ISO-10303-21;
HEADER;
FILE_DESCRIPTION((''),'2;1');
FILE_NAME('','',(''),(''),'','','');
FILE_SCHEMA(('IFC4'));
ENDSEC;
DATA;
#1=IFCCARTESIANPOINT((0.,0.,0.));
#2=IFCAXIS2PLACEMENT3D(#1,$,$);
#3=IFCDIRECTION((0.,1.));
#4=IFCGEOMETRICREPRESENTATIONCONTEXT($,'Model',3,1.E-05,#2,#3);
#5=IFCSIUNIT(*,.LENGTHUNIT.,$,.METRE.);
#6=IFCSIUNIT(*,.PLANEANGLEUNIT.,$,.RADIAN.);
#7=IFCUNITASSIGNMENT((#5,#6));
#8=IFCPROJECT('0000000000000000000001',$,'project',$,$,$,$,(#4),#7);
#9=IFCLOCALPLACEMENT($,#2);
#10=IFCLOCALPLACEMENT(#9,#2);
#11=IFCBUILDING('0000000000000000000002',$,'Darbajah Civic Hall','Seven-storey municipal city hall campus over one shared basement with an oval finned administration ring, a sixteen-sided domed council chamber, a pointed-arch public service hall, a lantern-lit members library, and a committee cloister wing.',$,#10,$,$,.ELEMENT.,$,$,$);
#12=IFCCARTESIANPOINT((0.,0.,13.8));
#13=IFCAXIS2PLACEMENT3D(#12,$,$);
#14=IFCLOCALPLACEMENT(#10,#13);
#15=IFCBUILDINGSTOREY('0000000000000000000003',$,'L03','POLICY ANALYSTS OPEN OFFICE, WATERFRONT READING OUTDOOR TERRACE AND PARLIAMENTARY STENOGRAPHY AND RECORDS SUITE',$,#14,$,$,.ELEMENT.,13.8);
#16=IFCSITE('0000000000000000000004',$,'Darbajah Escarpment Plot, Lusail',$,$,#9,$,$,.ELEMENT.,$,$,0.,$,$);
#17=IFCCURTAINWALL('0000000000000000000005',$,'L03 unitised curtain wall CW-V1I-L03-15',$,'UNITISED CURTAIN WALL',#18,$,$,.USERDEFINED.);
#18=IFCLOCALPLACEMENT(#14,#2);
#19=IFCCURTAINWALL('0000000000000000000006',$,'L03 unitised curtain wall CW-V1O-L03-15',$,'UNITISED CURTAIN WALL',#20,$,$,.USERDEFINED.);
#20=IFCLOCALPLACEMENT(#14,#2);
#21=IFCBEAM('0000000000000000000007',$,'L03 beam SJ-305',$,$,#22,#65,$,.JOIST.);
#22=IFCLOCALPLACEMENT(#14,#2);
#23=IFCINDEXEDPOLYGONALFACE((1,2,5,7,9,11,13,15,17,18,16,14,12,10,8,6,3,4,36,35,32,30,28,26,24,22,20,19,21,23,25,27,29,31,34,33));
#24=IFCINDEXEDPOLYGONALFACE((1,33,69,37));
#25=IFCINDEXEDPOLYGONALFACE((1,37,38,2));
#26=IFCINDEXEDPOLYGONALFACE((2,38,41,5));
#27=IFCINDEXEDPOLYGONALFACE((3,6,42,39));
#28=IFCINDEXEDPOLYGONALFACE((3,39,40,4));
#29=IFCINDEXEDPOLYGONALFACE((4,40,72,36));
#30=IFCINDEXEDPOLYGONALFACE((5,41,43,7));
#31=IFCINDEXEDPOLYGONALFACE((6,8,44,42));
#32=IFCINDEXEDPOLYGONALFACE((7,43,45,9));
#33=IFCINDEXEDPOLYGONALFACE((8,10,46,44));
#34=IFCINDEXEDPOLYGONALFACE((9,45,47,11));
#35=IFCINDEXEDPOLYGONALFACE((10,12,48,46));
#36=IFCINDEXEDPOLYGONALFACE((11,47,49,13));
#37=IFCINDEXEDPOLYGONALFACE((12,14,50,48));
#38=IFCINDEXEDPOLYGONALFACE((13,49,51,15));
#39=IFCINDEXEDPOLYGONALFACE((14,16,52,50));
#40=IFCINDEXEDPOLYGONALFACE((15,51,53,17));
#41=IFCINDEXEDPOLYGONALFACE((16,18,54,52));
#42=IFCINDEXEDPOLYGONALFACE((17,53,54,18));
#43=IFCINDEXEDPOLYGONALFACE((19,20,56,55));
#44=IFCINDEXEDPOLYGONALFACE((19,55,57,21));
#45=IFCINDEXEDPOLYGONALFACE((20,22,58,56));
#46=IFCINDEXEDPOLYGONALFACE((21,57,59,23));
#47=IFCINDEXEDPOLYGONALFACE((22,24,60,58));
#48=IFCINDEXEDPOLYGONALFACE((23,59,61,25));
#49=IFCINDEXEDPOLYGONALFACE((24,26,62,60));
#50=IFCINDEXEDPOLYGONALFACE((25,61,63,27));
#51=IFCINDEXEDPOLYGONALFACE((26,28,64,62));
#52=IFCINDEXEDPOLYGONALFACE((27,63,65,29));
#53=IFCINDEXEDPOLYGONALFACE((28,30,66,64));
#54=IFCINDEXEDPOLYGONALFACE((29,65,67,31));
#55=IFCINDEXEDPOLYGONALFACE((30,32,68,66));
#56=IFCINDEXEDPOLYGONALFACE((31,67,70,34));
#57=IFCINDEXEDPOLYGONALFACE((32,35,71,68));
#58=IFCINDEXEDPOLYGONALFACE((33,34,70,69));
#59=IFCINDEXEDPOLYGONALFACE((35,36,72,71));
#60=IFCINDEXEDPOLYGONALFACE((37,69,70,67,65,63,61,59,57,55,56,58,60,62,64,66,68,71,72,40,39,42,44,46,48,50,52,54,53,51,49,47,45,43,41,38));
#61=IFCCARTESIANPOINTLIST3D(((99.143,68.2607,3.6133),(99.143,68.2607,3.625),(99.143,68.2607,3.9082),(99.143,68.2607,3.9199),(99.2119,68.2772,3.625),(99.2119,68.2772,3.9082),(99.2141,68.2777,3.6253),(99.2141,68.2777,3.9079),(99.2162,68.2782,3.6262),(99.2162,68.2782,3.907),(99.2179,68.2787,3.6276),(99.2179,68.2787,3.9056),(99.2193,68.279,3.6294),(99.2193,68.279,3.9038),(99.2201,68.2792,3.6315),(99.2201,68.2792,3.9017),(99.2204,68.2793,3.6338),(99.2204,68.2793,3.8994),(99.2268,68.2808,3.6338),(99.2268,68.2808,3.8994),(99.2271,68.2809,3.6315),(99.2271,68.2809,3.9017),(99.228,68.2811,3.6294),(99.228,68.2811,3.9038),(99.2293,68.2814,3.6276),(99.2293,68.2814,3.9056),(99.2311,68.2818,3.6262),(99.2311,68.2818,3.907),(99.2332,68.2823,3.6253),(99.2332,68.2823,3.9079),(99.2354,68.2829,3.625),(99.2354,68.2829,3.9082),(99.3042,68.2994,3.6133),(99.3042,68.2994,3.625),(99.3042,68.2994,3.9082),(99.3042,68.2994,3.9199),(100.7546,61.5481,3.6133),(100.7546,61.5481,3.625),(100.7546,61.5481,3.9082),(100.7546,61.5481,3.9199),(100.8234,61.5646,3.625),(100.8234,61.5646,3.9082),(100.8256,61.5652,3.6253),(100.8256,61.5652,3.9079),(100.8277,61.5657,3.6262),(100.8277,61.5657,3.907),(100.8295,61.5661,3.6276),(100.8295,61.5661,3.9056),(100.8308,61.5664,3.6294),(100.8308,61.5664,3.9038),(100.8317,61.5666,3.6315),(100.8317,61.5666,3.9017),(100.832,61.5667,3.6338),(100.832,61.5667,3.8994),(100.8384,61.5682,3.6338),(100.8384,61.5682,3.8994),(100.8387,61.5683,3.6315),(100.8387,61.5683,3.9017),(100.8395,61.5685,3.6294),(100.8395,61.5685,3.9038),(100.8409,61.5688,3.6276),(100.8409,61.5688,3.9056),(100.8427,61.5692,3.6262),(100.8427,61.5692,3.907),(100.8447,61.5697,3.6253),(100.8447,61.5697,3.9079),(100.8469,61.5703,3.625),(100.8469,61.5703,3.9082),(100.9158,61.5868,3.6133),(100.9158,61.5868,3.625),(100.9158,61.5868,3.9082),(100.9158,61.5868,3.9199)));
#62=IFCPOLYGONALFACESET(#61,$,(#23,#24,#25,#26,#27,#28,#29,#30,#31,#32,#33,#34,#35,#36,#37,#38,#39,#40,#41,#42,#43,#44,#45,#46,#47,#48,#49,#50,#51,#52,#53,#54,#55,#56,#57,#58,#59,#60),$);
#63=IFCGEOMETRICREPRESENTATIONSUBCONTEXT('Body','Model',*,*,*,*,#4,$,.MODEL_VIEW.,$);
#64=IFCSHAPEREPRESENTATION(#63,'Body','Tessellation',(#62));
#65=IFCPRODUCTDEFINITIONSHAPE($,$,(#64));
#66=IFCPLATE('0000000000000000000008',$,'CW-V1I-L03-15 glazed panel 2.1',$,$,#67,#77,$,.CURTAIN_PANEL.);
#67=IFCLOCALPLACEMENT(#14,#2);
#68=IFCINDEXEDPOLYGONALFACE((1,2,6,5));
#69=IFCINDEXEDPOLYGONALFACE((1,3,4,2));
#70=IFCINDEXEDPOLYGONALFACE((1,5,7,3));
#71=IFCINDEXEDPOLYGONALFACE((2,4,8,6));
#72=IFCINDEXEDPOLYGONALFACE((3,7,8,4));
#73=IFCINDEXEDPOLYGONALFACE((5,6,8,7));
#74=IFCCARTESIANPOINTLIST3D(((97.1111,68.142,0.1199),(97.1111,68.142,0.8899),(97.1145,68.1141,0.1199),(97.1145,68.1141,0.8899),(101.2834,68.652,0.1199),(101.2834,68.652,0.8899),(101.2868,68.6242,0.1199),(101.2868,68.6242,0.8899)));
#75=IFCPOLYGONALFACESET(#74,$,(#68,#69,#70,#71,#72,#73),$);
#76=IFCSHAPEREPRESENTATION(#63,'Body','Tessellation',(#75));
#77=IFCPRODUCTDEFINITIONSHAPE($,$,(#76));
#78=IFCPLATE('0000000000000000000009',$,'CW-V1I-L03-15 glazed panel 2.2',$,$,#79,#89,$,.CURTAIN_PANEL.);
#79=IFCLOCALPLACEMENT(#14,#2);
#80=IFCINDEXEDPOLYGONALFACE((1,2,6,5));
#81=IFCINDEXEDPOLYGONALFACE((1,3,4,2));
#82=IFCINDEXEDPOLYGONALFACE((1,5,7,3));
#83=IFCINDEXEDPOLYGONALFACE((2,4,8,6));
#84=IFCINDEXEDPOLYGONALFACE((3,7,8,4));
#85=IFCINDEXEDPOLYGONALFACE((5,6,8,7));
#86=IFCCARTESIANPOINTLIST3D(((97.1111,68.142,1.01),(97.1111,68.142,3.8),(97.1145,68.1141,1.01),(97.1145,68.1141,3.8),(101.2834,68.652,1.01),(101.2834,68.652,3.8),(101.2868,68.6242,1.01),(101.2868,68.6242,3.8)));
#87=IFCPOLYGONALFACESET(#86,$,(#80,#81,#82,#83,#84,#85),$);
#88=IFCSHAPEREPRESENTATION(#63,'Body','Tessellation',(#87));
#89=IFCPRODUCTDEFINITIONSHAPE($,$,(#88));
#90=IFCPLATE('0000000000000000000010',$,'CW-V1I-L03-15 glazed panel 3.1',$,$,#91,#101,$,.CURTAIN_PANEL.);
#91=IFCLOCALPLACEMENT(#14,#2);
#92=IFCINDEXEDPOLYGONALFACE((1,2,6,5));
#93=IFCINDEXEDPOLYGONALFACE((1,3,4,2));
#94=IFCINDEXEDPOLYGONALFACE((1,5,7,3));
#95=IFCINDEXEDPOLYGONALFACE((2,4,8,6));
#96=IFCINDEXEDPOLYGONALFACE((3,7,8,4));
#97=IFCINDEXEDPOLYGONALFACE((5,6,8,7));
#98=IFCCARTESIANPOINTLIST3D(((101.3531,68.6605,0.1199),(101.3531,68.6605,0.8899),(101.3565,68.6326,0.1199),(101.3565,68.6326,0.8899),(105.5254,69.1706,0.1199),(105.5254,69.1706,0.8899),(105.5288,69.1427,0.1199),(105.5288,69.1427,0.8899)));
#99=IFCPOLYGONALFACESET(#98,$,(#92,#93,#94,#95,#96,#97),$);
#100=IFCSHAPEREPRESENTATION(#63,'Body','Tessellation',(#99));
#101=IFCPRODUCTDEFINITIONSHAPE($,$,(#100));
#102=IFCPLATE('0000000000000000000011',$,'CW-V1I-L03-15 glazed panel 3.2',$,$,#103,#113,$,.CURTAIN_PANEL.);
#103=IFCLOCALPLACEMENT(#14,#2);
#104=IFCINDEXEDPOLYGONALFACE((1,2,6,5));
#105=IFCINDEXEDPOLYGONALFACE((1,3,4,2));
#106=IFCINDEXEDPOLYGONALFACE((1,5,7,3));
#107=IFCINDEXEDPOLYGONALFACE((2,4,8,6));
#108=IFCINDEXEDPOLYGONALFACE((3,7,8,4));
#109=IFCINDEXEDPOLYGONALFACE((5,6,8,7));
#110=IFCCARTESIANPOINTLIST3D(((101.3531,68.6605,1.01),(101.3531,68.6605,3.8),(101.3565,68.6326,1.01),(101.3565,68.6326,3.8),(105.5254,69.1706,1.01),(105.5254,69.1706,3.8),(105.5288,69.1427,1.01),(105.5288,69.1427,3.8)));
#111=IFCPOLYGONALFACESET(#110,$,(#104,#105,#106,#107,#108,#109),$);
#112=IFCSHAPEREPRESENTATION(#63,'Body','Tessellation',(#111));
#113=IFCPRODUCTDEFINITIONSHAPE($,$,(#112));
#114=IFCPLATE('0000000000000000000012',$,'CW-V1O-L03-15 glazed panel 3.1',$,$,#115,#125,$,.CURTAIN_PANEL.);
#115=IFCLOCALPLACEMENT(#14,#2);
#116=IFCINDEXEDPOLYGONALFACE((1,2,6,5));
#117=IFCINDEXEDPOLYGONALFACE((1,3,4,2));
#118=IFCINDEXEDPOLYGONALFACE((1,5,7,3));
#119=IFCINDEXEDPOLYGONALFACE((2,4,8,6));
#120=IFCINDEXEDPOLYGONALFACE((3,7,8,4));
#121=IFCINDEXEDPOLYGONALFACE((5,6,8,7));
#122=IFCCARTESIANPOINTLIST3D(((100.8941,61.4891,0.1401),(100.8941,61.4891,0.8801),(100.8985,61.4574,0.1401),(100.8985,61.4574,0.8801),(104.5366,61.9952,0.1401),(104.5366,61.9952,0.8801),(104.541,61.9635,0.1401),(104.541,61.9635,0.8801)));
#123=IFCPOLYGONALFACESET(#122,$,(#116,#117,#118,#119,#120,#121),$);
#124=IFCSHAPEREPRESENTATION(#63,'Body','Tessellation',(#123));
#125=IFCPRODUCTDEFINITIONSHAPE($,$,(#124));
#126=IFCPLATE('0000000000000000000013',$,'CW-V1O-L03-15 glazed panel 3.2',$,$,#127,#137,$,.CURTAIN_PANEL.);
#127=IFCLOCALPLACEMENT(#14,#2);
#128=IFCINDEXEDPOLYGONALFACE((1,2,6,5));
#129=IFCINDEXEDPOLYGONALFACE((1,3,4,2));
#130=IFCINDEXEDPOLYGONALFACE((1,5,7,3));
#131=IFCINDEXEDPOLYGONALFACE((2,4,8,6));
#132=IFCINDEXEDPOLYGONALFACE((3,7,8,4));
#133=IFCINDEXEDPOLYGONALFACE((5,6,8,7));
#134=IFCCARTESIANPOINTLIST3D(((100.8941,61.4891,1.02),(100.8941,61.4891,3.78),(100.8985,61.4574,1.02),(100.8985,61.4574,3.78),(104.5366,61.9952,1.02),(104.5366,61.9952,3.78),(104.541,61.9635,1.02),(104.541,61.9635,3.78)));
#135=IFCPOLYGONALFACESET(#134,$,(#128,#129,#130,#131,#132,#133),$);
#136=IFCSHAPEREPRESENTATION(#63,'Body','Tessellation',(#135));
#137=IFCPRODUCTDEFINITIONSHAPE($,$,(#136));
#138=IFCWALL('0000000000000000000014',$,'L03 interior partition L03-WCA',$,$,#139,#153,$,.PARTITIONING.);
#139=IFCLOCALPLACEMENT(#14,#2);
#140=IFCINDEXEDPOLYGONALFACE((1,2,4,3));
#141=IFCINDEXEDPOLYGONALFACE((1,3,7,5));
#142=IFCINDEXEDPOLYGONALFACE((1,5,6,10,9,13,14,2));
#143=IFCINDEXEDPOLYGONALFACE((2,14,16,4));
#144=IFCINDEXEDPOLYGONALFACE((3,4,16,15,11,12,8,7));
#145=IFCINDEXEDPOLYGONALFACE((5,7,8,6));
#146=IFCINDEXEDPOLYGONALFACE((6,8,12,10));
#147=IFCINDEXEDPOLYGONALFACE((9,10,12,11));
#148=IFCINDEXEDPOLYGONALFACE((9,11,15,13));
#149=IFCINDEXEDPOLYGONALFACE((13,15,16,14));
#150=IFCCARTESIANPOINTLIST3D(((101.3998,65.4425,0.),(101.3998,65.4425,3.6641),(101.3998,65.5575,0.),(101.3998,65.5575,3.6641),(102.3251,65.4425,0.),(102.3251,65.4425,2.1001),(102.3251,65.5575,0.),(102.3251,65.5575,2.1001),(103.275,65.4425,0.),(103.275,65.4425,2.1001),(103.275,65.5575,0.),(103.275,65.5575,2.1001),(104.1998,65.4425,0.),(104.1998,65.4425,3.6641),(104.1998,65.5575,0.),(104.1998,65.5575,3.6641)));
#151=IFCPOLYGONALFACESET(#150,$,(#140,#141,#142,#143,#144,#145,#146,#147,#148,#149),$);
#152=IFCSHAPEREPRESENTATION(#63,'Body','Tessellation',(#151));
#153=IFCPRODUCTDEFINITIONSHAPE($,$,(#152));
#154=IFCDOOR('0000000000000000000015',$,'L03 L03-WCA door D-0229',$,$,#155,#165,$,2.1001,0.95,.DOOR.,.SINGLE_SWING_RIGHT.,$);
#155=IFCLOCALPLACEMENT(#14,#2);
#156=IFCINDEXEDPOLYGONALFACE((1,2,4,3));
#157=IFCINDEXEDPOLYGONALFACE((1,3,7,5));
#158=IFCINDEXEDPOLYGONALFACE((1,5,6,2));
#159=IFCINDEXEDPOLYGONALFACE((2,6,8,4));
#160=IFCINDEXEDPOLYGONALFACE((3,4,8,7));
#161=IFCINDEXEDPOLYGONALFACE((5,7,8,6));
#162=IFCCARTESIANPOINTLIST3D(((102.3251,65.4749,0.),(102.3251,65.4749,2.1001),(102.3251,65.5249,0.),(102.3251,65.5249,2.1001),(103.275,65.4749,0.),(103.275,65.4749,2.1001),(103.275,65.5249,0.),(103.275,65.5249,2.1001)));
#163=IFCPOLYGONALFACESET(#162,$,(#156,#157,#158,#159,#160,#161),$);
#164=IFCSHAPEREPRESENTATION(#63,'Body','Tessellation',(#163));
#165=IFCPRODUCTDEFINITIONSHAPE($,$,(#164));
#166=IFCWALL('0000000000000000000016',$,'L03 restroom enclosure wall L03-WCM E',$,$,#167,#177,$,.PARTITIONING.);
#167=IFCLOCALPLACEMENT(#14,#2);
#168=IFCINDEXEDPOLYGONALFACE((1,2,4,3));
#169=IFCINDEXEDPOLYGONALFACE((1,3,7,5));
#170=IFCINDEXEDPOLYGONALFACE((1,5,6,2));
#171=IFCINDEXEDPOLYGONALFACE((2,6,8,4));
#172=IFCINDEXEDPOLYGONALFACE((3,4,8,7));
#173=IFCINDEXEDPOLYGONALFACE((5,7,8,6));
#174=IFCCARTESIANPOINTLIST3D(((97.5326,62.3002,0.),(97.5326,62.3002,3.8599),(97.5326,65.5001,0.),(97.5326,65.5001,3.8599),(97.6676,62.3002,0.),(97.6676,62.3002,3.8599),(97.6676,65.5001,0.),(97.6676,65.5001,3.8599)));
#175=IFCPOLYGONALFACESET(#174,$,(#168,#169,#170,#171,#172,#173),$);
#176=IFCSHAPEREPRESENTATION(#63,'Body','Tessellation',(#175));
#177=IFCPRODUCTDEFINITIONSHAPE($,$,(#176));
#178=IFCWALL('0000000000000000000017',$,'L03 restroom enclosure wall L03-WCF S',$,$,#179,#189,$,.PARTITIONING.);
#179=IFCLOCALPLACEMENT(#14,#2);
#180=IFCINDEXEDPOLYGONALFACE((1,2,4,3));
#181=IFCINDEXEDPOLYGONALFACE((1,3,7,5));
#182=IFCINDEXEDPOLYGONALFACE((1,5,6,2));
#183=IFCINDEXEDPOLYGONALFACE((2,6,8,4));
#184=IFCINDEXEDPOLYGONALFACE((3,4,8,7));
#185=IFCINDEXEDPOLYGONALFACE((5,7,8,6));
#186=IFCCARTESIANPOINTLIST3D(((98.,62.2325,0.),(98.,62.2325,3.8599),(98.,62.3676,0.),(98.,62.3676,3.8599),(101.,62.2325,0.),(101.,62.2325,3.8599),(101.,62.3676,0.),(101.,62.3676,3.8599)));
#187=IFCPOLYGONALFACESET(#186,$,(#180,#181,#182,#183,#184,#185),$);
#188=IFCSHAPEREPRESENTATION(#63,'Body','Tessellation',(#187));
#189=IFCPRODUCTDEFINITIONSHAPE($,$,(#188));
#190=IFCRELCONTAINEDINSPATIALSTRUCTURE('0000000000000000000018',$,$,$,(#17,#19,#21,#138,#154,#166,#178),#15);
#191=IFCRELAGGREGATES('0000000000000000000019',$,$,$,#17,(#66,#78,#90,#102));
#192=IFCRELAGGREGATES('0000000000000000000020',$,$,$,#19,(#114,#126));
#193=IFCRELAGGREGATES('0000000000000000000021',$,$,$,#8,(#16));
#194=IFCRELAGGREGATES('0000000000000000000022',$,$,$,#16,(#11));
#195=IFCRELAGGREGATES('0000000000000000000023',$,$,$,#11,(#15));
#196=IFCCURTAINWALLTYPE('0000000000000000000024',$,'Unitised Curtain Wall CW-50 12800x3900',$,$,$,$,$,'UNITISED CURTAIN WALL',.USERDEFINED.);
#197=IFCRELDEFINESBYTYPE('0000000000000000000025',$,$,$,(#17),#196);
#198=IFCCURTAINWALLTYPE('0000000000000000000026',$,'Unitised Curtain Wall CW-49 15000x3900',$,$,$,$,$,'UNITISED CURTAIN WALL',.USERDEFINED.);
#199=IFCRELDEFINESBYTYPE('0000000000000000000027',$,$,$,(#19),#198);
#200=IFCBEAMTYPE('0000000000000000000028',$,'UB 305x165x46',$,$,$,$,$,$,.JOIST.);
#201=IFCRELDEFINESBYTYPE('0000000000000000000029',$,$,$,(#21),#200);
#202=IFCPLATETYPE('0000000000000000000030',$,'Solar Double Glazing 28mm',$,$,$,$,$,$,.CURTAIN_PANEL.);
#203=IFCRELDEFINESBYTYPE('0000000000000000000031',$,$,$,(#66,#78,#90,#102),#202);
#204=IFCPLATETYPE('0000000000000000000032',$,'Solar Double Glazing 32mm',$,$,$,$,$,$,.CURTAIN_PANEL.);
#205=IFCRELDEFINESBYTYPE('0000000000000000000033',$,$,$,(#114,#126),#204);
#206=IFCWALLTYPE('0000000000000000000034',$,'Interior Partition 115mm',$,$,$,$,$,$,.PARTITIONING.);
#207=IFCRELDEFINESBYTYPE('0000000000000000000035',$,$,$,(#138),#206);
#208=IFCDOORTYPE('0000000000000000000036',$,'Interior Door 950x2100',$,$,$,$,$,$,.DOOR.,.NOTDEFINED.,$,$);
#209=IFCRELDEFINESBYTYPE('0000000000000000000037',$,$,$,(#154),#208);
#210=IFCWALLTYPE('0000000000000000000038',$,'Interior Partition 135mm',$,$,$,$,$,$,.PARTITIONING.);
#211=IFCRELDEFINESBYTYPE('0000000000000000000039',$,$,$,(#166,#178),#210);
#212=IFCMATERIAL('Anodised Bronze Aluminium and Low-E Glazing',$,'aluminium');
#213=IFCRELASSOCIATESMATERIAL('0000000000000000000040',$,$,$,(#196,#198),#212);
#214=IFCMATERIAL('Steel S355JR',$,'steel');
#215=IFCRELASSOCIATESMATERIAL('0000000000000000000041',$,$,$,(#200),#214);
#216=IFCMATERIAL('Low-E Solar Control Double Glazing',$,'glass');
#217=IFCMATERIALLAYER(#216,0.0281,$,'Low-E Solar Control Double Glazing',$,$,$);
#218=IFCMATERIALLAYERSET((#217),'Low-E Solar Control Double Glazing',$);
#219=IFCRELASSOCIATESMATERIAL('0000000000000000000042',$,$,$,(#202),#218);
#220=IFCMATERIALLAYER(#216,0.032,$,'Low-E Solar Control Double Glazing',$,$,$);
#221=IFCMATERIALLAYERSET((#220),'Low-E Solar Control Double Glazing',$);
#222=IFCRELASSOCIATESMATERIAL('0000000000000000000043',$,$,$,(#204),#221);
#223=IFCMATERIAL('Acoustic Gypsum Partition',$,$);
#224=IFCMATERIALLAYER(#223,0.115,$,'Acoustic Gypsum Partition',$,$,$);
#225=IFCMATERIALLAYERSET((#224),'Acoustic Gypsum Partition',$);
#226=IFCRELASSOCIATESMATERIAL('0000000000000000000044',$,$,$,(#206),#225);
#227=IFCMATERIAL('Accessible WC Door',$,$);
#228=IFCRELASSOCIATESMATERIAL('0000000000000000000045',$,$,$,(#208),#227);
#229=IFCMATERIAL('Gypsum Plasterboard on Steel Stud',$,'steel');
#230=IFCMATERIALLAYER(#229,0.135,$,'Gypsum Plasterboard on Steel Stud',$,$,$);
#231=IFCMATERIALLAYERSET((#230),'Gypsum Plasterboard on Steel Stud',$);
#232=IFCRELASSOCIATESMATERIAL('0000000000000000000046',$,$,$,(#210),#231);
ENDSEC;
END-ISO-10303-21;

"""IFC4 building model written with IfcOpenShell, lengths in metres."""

from ifc_helpers import new_model, si_unit, direction, frame, frame_2d, origin, origin_2d, place, context, subcontext, project, spatial, rectangle, i_section, extrude, material, layer, layer_set, material_profile, profile_set, type_object, element, fill, aggregate, save


model = new_model("IFC4")

# Units and contexts
model_context = context("Model", 3, precision=1e-05, world=origin(), true_north=direction((0.0, 1.0)))
body_context = subcontext(model_context, "Body", "Model", "MODEL_VIEW")
ifc_project = project(units=[si_unit("LENGTHUNIT", "METRE"), si_unit("PLANEANGLEUNIT", "RADIAN")], contexts=[model_context])

# Site, building, storey
site_placement = place(None, origin())
site = spatial("IfcSite", under=ifc_project, at=site_placement, Name="Darbajah Escarpment Plot, Lusail", CompositionType="ELEMENT", RefElevation=0.0)
building_placement = place(site_placement, origin())
building = spatial("IfcBuilding", under=site, at=building_placement, Name="Darbajah Civic Hall", Description="Seven-storey municipal city hall campus over one shared basement with an oval finned administration ring, a sixteen-sided domed council chamber, a pointed-arch public service hall, a lantern-lit members library, and a committee cloister wing.", CompositionType="ELEMENT")
storey_placement = place(building_placement, frame((0.0, 0.0, 13.8)))
storey = spatial("IfcBuildingStorey", under=building, at=storey_placement, Name="L03", Description="POLICY ANALYSTS OPEN OFFICE, WATERFRONT READING OUTDOOR TERRACE AND PARLIAMENTARY STENOGRAPHY AND RECORDS SUITE", CompositionType="ELEMENT", Elevation=13.8)

# Curtain wall
ifc_material_1 = material(Name="Anodised Bronze Aluminium and Low-E Glazing", Category="aluminium")
curtain_wall_type_1 = type_object("IfcCurtainWallType", Name="Unitised Curtain Wall CW-50 12800x3900", ElementType="UNITISED CURTAIN WALL", PredefinedType="USERDEFINED", material=ifc_material_1)
curtain_wall_1_placement = place(storey_placement, origin())
curtain_wall_1 = element("IfcCurtainWall", 1, at=curtain_wall_1_placement, inside=storey, type_object=curtain_wall_type_1, Name="L03 unitised curtain wall CW-V1I-L03-15", ObjectType="UNITISED CURTAIN WALL", PredefinedType="USERDEFINED")

# Curtain wall
curtain_wall_type_2 = type_object("IfcCurtainWallType", Name="Unitised Curtain Wall CW-49 15000x3900", ElementType="UNITISED CURTAIN WALL", PredefinedType="USERDEFINED", material=ifc_material_1)
curtain_wall_2_placement = place(storey_placement, origin())
curtain_wall_2 = element("IfcCurtainWall", 2, at=curtain_wall_2_placement, inside=storey, type_object=curtain_wall_type_2, Name="L03 unitised curtain wall CW-V1O-L03-15", ObjectType="UNITISED CURTAIN WALL", PredefinedType="USERDEFINED")

# Beam
ifc_material_2 = material(Name="Steel S355JR", Category="steel")
ifc_material_profile_1 = material_profile(ifc_material_2, i_section(OverallWidth=0.1658, OverallDepth=0.3066, WebThickness=0.0066, FlangeThickness=0.0117, FilletRadius=0.0088, at=origin_2d()), Name="UB 305x165x46")
ifc_profile_set_1 = profile_set([ifc_material_profile_1], Name="Steel S355JR")
beam_type = type_object("IfcBeamType", Name="UB 305x165x46", PredefinedType="JOIST", material=ifc_profile_set_1)
beam_placement = place(storey_placement, frame((99.2236, 68.28, 3.7666), z_axis=(0.233447, -0.97237, 0.0), x_axis=(0.97237, 0.233447, 0.0)))
element("IfcBeam", 3, at=beam_placement, inside=storey, type_object=beam_type, Name="L03 beam SJ-305", PredefinedType="JOIST", context=body_context, shape_type="SweptSolid", body=[
    extrude(i_section(OverallWidth=0.1658, OverallDepth=0.3066, WebThickness=0.0066, FlangeThickness=0.0117, FilletRadius=0.0088, at=origin_2d()), origin(), (0.0, 0.0, 1.0), 6.9033),
])

# Plates
ifc_material_3 = material(Name="Low-E Solar Control Double Glazing", Category="glass")
ifc_layer_1 = layer(ifc_material_3, 0.0281, Name="Low-E Solar Control Double Glazing")
ifc_layer_set_1 = layer_set([ifc_layer_1], Name="Low-E Solar Control Double Glazing")
plate_type_1 = type_object("IfcPlateType", Name="Solar Double Glazing 28mm", PredefinedType="CURTAIN_PANEL", material=ifc_layer_set_1)
plate_1_placement = place(storey_placement, frame((99.199, 68.3831, 0.1199), z_axis=(0.0, 0.0, 1.0), x_axis=(0.99261, 0.12135, 0.0)))
plate_1 = element("IfcPlate", 4, at=plate_1_placement, type_object=plate_type_1, Name="CW-V1I-L03-15 glazed panel 2.1", PredefinedType="CURTAIN_PANEL", context=body_context, shape_type="SweptSolid", body=[
    extrude(rectangle(XDim=4.2034, YDim=0.0281, at=origin_2d()), origin(), (0.0, 0.0, 1.0), 0.77),
])
plate_2_placement = place(storey_placement, frame((99.199, 68.3831, 1.01), z_axis=(0.0, 0.0, 1.0), x_axis=(0.99261, 0.12135, 0.0)))
plate_2 = element("IfcPlate", 5, at=plate_2_placement, type_object=plate_type_1, Name="CW-V1I-L03-15 glazed panel 2.2", PredefinedType="CURTAIN_PANEL", context=body_context, shape_type="SweptSolid", body=[
    extrude(rectangle(XDim=4.2034, YDim=0.0281, at=origin_2d()), origin(), (0.0, 0.0, 1.0), 2.79),
])
plate_3_placement = place(storey_placement, frame((103.4409, 68.9016, 0.1199), z_axis=(0.0, 0.0, 1.0), x_axis=(0.99261, 0.12135, 0.0)))
plate_3 = element("IfcPlate", 6, at=plate_3_placement, type_object=plate_type_1, Name="CW-V1I-L03-15 glazed panel 3.1", PredefinedType="CURTAIN_PANEL", context=body_context, shape_type="SweptSolid", body=[
    extrude(rectangle(XDim=4.2034, YDim=0.0281, at=origin_2d()), origin(), (0.0, 0.0, 1.0), 0.77),
])
plate_4_placement = place(storey_placement, frame((103.4409, 68.9016, 1.01), z_axis=(0.0, 0.0, 1.0), x_axis=(0.99261, 0.12135, 0.0)))
plate_4 = element("IfcPlate", 7, at=plate_4_placement, type_object=plate_type_1, Name="CW-V1I-L03-15 glazed panel 3.2", PredefinedType="CURTAIN_PANEL", context=body_context, shape_type="SweptSolid", body=[
    extrude(rectangle(XDim=4.2034, YDim=0.0281, at=origin_2d()), origin(), (0.0, 0.0, 1.0), 2.79),
])
aggregate(curtain_wall_1, [plate_1, plate_2, plate_3, plate_4])
ifc_layer_2 = layer(ifc_material_3, 0.032, Name="Low-E Solar Control Double Glazing")
ifc_layer_set_2 = layer_set([ifc_layer_2], Name="Low-E Solar Control Double Glazing")
plate_type_2 = type_object("IfcPlateType", Name="Solar Double Glazing 32mm", PredefinedType="CURTAIN_PANEL", material=ifc_layer_set_2)
plate_5_placement = place(storey_placement, frame((102.7175, 61.7263, 0.1401), z_axis=(0.0, 0.0, 1.0), x_axis=(0.990485, 0.137617, 0.0)))
plate_5 = element("IfcPlate", 8, at=plate_5_placement, type_object=plate_type_2, Name="CW-V1O-L03-15 glazed panel 3.1", PredefinedType="CURTAIN_PANEL", context=body_context, shape_type="SweptSolid", body=[
    extrude(rectangle(XDim=3.6775, YDim=0.032, at=origin_2d()), origin(), (0.0, 0.0, 1.0), 0.74),
])
plate_6_placement = place(storey_placement, frame((102.7175, 61.7263, 1.02), z_axis=(0.0, 0.0, 1.0), x_axis=(0.990485, 0.137617, 0.0)))
plate_6 = element("IfcPlate", 9, at=plate_6_placement, type_object=plate_type_2, Name="CW-V1O-L03-15 glazed panel 3.2", PredefinedType="CURTAIN_PANEL", context=body_context, shape_type="SweptSolid", body=[
    extrude(rectangle(XDim=3.6775, YDim=0.032, at=origin_2d()), origin(), (0.0, 0.0, 1.0), 2.76),
])
aggregate(curtain_wall_2, [plate_5, plate_6])

# Wall, opening, door
ifc_material_4 = material(Name="Acoustic Gypsum Partition")
ifc_layer_3 = layer(ifc_material_4, 0.115, Name="Acoustic Gypsum Partition")
ifc_layer_set_3 = layer_set([ifc_layer_3], Name="Acoustic Gypsum Partition")
wall_type_1 = type_object("IfcWallType", Name="Interior Partition 115mm", PredefinedType="PARTITIONING", material=ifc_layer_set_3)
wall_1_placement = place(storey_placement, frame((101.3999, 65.5, 0.0), z_axis=(0.0, 0.0, 1.0), x_axis=(1.0, 0.0, 0.0)))
wall_1 = element("IfcWall", 10, at=wall_1_placement, inside=storey, type_object=wall_type_1, Name="L03 interior partition L03-WCA", PredefinedType="PARTITIONING", context=body_context, shape_type="SweptSolid", body=[
    extrude(rectangle(XDim=2.8, YDim=0.115, at=frame_2d((1.3999, 0.0))), origin(), (0.0, 0.0, 1.0), 3.6641),
])
opening_1_placement = place(wall_1_placement, frame((0.925, 0.0, 0.0)))
opening_1 = element("IfcOpeningElement", 11, at=opening_1_placement, cuts=wall_1, PredefinedType="OPENING", context=body_context, shape_type="SweptSolid", body=[
    extrude(rectangle(XDim=0.95, YDim=2.1001, at=frame_2d((0.4751, 1.05))), frame((0.0, 0.0674, 0.0), z_axis=(0.0, -1.0, 0.0), x_axis=(1.0, 0.0, 0.0)), (0.0, 0.0, 1.0), 0.135),
])
ifc_material_5 = material(Name="Accessible WC Door")
door_type_1 = type_object("IfcDoorType", Name="Interior Door 950x2100", OperationType="NOTDEFINED", PredefinedType="DOOR", material=ifc_material_5)
door_1_placement = place(opening_1_placement, origin())
door_1 = element("IfcDoor", 12, at=door_1_placement, inside=storey, type_object=door_type_1, Name="L03 L03-WCA door D-0229", OperationType="SINGLE_SWING_RIGHT", OverallHeight=2.1001, OverallWidth=0.95, PredefinedType="DOOR", context=body_context, shape_type="SweptSolid", body=[
    extrude(rectangle(XDim=0.95, YDim=2.1001, at=frame_2d((0.4751, 1.05))), frame((0.0, 0.0249, 0.0), z_axis=(0.0, -1.0, 0.0), x_axis=(1.0, 0.0, 0.0)), (0.0, 0.0, 1.0), 0.05),
])
fill(opening_1, door_1)

# Walls
ifc_material_6 = material(Name="Gypsum Plasterboard on Steel Stud", Category="steel")
ifc_layer_4 = layer(ifc_material_6, 0.135, Name="Gypsum Plasterboard on Steel Stud")
ifc_layer_set_4 = layer_set([ifc_layer_4], Name="Gypsum Plasterboard on Steel Stud")
wall_type_2 = type_object("IfcWallType", Name="Interior Partition 135mm", PredefinedType="PARTITIONING", material=ifc_layer_set_4)
wall_2_placement = place(storey_placement, frame((97.6001, 62.3, 0.0), z_axis=(0.0, 0.0, 1.0), x_axis=(0.0, 1.0, 0.0)))
element("IfcWall", 13, at=wall_2_placement, inside=storey, type_object=wall_type_2, Name="L03 restroom enclosure wall L03-WCM E", PredefinedType="PARTITIONING", context=body_context, shape_type="SweptSolid", body=[
    extrude(rectangle(XDim=3.2, YDim=0.135, at=frame_2d((1.6001, 0.0))), origin(), (0.0, 0.0, 1.0), 3.8599),
])
wall_3_placement = place(storey_placement, frame((98.0, 62.3, 0.0), z_axis=(0.0, 0.0, 1.0), x_axis=(1.0, 0.0, 0.0)))
element("IfcWall", 14, at=wall_3_placement, inside=storey, type_object=wall_type_2, Name="L03 restroom enclosure wall L03-WCF S", PredefinedType="PARTITIONING", context=body_context, shape_type="SweptSolid", body=[
    extrude(rectangle(XDim=3.0, YDim=0.135, at=frame_2d((1.5, 0.0))), origin(), (0.0, 0.0, 1.0), 3.8599),
])

save(model, "model.ifc")
